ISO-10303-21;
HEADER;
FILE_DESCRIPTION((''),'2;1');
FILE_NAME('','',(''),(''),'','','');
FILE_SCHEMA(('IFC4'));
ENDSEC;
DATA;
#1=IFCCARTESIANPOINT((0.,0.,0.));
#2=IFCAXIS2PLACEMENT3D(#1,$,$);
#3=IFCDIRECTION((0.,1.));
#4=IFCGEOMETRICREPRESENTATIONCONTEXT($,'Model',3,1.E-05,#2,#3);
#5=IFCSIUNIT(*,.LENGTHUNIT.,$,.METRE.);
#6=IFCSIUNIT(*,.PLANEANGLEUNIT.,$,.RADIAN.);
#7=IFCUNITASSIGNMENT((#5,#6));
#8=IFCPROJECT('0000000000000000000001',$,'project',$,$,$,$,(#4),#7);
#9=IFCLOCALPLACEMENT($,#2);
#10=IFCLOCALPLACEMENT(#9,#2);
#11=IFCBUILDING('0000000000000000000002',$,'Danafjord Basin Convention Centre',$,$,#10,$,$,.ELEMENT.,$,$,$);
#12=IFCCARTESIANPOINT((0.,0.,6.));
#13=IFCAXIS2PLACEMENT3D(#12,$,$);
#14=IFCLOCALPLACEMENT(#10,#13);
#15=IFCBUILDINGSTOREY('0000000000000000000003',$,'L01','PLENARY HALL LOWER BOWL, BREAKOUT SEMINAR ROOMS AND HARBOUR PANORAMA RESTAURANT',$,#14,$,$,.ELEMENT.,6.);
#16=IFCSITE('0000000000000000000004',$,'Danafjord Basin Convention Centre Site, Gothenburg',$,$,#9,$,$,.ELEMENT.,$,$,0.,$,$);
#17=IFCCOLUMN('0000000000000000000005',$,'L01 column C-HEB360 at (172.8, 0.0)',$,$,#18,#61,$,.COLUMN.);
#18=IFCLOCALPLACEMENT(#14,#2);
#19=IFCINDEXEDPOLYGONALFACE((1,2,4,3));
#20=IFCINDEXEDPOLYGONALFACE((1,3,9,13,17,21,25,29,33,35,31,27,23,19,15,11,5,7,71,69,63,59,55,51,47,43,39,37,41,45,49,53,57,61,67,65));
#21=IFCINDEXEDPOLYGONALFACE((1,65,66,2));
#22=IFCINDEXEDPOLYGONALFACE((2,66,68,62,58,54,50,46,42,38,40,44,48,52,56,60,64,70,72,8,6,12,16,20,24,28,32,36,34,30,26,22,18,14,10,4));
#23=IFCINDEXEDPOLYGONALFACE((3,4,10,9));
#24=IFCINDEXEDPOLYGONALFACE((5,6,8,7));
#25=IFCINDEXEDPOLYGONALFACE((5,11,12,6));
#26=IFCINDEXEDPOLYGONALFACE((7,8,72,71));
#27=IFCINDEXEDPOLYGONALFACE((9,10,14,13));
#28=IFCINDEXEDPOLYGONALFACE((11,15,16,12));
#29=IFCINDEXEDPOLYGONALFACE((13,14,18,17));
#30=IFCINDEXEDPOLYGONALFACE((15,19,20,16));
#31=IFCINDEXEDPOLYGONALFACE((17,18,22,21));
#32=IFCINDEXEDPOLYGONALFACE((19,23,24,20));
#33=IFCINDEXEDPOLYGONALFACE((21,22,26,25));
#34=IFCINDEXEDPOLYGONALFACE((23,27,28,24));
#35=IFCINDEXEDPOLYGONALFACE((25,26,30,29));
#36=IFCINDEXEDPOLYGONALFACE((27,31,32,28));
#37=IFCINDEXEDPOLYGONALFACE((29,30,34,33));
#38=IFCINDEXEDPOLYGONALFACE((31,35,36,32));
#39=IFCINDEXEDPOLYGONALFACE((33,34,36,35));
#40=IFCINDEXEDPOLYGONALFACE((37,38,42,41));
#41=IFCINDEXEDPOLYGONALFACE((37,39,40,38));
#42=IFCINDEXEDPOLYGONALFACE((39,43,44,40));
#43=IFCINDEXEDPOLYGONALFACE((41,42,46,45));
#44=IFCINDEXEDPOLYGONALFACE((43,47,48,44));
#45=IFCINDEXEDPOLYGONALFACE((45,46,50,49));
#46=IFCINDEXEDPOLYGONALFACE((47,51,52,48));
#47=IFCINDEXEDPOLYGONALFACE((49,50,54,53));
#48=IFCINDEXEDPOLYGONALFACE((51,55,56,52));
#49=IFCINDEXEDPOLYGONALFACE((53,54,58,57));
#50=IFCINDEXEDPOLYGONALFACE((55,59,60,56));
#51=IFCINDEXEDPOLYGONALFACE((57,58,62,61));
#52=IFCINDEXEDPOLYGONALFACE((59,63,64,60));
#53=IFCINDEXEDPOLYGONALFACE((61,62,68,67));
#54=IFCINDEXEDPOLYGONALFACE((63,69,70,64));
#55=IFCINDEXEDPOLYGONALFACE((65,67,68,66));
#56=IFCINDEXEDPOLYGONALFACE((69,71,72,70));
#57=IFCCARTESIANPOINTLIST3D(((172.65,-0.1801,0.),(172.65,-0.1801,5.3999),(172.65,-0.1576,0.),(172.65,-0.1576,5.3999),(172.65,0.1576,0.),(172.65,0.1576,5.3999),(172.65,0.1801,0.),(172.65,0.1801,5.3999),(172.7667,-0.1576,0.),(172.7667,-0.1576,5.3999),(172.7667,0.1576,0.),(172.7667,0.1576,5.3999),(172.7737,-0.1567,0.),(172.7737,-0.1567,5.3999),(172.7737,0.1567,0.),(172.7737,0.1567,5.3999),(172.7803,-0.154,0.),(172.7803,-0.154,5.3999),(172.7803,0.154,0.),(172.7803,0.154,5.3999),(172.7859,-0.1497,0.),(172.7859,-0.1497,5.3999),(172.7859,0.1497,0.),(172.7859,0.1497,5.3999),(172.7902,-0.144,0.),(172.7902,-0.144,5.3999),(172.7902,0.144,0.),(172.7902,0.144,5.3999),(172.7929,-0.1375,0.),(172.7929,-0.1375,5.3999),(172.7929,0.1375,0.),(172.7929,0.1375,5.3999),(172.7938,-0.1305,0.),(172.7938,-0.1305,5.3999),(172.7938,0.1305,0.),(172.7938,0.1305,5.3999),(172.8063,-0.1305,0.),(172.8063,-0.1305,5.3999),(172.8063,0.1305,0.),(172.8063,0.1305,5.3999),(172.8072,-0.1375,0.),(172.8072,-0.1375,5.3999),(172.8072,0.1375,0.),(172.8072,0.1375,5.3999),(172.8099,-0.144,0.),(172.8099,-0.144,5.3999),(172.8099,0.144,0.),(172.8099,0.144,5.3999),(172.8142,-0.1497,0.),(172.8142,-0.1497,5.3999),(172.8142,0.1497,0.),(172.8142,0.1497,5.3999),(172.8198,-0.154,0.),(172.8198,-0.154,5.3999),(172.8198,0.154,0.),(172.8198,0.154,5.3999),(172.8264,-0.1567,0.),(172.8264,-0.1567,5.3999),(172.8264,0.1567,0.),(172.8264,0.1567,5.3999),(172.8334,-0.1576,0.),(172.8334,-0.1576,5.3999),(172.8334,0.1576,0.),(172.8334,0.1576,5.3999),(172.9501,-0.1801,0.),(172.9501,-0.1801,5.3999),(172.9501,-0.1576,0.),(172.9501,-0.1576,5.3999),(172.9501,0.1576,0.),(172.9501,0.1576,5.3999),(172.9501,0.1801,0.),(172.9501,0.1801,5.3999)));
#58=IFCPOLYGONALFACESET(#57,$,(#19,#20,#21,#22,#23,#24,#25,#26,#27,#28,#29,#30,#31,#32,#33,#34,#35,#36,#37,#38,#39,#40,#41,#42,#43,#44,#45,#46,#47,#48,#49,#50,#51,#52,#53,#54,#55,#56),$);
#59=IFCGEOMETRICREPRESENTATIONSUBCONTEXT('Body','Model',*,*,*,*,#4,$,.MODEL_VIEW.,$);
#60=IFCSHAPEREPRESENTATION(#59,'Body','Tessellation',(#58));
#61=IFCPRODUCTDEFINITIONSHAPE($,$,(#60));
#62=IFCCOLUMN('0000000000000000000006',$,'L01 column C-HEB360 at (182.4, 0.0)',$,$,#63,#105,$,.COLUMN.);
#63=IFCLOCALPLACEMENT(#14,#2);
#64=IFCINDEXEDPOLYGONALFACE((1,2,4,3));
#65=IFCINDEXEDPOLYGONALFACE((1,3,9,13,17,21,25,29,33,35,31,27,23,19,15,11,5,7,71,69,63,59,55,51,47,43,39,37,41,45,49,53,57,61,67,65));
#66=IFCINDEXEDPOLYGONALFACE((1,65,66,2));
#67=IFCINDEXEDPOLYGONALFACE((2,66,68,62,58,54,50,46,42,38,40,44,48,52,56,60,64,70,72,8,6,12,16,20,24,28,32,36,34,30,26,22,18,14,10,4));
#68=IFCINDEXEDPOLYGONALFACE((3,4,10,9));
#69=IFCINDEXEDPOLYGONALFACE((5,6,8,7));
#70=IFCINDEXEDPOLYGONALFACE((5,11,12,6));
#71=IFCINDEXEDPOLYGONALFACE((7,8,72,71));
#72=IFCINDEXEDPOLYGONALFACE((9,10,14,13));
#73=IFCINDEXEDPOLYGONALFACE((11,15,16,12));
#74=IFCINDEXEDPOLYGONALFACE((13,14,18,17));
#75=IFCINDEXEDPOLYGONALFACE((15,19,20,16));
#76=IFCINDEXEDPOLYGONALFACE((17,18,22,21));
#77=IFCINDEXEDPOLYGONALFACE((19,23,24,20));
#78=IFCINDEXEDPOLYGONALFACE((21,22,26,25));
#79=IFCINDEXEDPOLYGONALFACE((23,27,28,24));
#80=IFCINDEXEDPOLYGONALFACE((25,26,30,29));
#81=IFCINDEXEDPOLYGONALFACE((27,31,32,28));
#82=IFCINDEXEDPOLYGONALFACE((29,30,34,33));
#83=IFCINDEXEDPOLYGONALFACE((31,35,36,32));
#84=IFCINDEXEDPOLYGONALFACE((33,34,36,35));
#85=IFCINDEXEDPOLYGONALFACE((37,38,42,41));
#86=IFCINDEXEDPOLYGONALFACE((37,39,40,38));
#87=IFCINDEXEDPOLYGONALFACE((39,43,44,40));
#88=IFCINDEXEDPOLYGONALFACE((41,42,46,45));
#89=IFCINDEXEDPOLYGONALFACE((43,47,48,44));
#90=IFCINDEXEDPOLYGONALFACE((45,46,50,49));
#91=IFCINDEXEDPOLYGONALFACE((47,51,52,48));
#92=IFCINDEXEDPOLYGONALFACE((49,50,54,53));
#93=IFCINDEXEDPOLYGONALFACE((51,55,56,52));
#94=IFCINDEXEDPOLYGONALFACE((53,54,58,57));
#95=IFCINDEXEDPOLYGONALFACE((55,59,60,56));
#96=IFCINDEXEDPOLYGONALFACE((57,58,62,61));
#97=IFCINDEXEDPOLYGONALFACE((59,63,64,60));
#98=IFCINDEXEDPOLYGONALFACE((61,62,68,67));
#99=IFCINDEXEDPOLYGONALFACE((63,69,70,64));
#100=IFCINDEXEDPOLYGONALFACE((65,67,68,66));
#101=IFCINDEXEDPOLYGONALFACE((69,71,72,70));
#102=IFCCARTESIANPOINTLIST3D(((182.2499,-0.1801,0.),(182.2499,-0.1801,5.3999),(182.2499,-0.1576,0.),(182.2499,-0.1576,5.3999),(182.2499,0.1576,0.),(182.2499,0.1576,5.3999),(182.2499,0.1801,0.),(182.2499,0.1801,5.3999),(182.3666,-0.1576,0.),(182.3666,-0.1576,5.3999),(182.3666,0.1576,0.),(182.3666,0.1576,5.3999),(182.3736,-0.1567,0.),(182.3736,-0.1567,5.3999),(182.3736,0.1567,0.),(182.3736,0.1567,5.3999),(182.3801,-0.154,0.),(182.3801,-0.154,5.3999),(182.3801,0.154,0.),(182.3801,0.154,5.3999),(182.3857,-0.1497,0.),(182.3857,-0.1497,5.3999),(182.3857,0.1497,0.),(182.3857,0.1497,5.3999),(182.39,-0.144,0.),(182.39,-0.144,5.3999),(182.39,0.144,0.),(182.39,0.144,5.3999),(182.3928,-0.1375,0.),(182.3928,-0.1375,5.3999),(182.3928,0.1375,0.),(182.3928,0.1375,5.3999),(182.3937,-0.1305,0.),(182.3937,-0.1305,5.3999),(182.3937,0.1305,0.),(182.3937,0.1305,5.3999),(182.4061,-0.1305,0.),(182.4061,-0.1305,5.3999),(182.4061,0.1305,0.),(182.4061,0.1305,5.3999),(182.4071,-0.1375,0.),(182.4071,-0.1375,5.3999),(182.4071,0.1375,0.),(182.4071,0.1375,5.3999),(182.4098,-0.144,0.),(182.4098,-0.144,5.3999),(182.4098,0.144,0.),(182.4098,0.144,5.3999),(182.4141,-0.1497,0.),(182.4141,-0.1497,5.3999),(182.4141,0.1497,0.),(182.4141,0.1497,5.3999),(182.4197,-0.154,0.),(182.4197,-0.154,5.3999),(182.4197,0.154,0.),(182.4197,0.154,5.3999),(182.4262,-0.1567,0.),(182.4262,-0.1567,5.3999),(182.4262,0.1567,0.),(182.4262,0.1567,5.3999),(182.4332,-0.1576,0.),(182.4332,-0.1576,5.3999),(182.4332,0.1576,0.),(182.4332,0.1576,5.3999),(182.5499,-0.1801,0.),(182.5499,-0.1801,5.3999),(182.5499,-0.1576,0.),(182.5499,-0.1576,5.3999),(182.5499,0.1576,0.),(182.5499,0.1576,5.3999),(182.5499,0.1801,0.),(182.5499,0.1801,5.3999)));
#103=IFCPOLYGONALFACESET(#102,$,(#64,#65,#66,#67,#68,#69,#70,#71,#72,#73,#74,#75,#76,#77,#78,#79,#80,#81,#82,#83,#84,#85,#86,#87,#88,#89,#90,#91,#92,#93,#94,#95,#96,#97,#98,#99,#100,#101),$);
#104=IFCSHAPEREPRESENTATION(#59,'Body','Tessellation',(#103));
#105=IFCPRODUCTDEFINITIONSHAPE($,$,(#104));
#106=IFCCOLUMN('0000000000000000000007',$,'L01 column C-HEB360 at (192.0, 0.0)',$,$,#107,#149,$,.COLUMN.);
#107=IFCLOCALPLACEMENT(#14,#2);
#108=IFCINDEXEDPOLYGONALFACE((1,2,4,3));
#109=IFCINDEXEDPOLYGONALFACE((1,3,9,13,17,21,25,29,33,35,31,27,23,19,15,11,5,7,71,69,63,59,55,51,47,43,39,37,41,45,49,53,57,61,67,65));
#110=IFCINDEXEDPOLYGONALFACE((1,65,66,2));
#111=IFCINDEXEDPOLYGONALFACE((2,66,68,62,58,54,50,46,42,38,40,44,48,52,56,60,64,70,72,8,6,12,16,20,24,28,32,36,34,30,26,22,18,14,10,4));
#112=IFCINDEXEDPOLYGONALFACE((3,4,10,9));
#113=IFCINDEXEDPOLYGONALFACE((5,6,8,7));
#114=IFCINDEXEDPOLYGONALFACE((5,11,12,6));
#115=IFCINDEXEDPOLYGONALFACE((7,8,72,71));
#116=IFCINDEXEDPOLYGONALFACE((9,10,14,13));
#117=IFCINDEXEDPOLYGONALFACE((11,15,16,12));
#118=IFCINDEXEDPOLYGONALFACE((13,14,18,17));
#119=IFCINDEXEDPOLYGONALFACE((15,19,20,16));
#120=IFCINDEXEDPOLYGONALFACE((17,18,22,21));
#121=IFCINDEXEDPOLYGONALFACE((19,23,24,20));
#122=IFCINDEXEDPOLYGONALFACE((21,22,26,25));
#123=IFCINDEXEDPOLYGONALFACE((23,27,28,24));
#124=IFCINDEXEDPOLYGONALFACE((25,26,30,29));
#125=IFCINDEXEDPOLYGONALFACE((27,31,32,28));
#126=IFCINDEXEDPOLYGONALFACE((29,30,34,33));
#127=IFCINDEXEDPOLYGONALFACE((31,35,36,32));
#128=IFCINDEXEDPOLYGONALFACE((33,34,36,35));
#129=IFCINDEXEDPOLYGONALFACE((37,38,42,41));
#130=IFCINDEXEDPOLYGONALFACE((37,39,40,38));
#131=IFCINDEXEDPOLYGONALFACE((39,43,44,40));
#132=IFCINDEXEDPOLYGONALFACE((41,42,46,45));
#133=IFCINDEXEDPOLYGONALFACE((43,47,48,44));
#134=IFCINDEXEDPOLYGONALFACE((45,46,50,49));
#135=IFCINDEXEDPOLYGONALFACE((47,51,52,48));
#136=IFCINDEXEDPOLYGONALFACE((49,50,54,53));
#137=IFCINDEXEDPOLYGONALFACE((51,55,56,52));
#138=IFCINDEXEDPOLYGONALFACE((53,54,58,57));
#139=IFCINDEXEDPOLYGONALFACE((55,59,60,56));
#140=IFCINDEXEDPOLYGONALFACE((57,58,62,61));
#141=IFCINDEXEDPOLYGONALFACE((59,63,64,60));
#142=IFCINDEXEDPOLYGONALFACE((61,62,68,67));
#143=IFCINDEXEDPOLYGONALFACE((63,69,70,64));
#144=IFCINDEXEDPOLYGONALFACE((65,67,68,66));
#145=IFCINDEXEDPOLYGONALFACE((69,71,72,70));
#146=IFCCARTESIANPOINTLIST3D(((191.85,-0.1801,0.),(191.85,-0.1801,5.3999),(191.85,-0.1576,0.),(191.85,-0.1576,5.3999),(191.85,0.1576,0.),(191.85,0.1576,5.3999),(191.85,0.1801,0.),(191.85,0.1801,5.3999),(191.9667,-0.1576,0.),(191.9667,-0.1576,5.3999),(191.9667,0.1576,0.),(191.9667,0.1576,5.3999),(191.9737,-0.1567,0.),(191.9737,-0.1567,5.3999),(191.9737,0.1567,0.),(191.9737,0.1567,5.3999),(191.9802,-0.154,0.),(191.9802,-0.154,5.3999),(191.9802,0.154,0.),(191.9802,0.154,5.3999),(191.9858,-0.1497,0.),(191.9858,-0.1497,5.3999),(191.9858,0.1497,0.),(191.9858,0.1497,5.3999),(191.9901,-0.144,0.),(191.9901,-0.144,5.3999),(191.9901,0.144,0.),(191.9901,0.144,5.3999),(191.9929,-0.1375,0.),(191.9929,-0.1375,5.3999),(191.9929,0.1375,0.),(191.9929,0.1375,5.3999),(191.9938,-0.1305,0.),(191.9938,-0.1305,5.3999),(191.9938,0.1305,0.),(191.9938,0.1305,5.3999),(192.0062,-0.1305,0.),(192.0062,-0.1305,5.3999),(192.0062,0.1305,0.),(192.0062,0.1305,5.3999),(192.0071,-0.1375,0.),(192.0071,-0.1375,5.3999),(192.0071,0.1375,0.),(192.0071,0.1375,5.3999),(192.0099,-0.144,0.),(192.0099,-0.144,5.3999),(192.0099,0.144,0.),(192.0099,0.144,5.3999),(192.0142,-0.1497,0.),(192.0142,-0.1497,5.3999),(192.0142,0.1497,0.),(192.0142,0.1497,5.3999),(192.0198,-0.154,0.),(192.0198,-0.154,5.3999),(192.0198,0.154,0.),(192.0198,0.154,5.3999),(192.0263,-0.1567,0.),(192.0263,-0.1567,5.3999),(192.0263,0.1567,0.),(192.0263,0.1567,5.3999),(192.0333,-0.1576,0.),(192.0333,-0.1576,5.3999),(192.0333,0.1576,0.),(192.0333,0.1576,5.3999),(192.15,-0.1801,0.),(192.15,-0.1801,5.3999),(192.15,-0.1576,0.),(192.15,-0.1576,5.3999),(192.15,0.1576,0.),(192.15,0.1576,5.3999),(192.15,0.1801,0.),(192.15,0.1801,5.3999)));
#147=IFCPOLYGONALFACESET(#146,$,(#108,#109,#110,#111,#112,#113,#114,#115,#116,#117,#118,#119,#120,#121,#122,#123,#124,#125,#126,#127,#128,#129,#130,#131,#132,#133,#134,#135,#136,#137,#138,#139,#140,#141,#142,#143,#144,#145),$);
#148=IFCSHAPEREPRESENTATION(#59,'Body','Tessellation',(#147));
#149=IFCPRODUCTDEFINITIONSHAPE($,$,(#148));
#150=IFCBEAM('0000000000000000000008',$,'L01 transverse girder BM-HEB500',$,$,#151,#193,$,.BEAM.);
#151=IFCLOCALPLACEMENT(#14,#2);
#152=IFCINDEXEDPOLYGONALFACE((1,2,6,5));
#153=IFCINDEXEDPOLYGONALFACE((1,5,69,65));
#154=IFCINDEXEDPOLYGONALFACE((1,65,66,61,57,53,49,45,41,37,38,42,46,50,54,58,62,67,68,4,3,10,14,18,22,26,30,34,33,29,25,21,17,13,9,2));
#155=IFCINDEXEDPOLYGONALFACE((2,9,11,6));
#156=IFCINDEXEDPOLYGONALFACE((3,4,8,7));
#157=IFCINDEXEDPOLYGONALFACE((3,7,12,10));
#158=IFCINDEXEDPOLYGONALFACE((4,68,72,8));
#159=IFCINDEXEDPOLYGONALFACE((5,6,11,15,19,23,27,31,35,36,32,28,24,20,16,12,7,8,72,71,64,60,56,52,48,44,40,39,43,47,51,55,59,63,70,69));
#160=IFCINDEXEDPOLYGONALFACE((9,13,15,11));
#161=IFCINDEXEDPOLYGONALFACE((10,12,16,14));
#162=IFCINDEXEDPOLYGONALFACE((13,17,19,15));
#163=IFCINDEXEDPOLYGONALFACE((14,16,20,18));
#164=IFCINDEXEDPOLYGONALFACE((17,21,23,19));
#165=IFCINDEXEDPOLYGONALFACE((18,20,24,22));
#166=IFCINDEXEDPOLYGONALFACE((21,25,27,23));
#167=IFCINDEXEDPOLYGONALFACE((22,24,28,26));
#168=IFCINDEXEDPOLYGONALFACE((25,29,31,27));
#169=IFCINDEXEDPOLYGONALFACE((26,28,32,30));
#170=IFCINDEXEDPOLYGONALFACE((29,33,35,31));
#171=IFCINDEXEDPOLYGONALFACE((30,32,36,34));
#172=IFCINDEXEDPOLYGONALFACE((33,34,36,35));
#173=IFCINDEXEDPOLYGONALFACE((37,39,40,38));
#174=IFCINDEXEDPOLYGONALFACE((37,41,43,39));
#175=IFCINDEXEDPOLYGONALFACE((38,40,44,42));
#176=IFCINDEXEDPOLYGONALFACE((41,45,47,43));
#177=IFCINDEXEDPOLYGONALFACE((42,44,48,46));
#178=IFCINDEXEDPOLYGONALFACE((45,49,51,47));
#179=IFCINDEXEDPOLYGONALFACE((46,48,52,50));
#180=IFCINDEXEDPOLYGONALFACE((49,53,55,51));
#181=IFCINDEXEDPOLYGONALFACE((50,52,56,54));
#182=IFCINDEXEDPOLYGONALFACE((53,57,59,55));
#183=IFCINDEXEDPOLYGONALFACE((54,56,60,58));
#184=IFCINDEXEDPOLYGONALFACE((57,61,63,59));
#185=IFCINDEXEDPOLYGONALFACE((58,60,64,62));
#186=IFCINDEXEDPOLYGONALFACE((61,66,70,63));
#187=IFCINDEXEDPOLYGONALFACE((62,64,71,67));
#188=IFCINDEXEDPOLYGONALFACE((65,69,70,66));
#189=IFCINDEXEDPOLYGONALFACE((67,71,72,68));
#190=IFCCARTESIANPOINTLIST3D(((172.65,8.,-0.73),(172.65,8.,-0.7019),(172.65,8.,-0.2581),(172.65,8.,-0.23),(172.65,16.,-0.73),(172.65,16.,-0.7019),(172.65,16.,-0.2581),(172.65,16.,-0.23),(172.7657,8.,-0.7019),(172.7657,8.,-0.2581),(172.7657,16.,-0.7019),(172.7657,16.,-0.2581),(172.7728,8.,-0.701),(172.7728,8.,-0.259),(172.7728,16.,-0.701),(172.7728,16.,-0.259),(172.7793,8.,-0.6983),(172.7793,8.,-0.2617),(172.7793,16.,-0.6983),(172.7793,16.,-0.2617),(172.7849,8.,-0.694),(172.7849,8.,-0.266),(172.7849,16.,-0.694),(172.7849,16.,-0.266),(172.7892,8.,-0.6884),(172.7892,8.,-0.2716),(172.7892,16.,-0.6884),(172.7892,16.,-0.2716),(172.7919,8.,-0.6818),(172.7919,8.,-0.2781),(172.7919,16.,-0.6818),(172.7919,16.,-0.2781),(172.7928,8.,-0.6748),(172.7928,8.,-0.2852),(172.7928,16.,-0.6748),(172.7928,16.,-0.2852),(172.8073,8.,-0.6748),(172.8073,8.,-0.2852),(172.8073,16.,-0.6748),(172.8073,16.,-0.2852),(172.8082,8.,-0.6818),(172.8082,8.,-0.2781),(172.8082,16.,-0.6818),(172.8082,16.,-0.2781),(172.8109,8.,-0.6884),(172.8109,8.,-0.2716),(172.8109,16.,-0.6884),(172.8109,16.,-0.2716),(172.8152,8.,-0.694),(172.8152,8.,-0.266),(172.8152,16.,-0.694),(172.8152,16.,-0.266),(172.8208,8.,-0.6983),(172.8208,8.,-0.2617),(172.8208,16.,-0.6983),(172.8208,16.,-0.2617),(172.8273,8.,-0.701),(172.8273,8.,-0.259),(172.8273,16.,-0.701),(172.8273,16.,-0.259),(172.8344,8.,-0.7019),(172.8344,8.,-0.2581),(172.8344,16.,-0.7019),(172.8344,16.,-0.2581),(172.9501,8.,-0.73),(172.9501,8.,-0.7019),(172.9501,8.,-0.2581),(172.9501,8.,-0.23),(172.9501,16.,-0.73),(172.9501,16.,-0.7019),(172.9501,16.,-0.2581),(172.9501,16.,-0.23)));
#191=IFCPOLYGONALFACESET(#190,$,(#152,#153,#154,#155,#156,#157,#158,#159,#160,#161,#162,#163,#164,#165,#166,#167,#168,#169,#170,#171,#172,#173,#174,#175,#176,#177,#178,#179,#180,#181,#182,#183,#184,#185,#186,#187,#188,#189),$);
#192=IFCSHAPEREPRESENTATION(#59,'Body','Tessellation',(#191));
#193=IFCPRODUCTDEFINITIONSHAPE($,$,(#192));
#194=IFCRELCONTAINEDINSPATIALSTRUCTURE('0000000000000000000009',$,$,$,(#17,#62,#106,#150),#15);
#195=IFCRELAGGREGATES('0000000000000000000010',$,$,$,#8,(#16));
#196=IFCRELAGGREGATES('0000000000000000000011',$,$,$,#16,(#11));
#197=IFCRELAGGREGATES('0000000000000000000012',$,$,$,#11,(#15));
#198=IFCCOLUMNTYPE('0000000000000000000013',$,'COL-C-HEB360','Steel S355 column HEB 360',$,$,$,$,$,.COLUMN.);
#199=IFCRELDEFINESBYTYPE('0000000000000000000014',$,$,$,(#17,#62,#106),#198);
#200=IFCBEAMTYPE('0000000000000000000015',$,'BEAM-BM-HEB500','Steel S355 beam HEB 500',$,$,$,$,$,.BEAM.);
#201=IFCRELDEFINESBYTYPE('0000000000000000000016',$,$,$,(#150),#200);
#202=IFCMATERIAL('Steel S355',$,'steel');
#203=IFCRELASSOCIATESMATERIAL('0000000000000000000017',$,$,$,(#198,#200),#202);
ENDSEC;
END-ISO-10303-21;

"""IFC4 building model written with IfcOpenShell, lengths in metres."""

from ifc_helpers import new_model, si_unit, direction, frame, origin, origin_2d, place, context, subcontext, project, spatial, i_section, extrude, material, material_profile, profile_set, type_object, element, save


model = new_model("IFC4")

# Units and contexts
model_context = context("Model", 3, precision=1e-05, world=origin(), true_north=direction((0.0, 1.0)))
body_context = subcontext(model_context, "Body", "Model", "MODEL_VIEW")
ifc_project = project(units=[si_unit("LENGTHUNIT", "METRE"), si_unit("PLANEANGLEUNIT", "RADIAN")], contexts=[model_context])

# Site, building, storey
site_placement = place(None, origin())
site = spatial("IfcSite", under=ifc_project, at=site_placement, Name="Danafjord Basin Convention Centre Site, Gothenburg", CompositionType="ELEMENT", RefElevation=0.0)
building_placement = place(site_placement, origin())
building = spatial("IfcBuilding", under=site, at=building_placement, Name="Danafjord Basin Convention Centre", CompositionType="ELEMENT")
storey_placement = place(building_placement, frame((0.0, 0.0, 6.0)))
storey = spatial("IfcBuildingStorey", under=building, at=storey_placement, Name="L01", Description="PLENARY HALL LOWER BOWL, BREAKOUT SEMINAR ROOMS AND HARBOUR PANORAMA RESTAURANT", CompositionType="ELEMENT", Elevation=6.0)

# Columns
ifc_material_1 = material(Name="Steel S355", Category="steel")
ifc_material_profile_1 = material_profile(ifc_material_1, i_section(OverallWidth=0.3, OverallDepth=0.3601, WebThickness=0.0125, FlangeThickness=0.0225, FilletRadius=0.0271, at=origin_2d()), Name="HEB 360")
ifc_profile_set_1 = profile_set([ifc_material_profile_1], Name="Steel S355")
column_type_1 = type_object("IfcColumnType", Name="COL-C-HEB360", Description="Steel S355 column HEB 360", PredefinedType="COLUMN", material=ifc_profile_set_1)
for number, where, z_axis, x_axis, name in (
    (1, (172.8, 0.0, 0.0), (0.0, 0.0, 1.0), (1.0, 0.0, 0.0), "L01 column C-HEB360 at (172.8, 0.0)"),
    (2, (182.3999, 0.0, 0.0), (0.0, 0.0, 1.0), (1.0, 0.0, 0.0), "L01 column C-HEB360 at (182.4, 0.0)"),
    (3, (192.0, 0.0, 0.0), (0.0, 0.0, 1.0), (1.0, 0.0, 0.0), "L01 column C-HEB360 at (192.0, 0.0)"),
):
    element("IfcColumn", number, at=place(storey_placement, frame(where, z_axis=z_axis, x_axis=x_axis)), inside=storey, type_object=column_type_1, Name=name, PredefinedType="COLUMN", context=body_context, shape_type="SweptSolid", body=[
        extrude(i_section(OverallWidth=0.3, OverallDepth=0.3601, WebThickness=0.0125, FlangeThickness=0.0225, FilletRadius=0.0271, at=origin_2d()), origin(), (0.0, 0.0, 1.0), 5.3999),
    ])

# Beam
ifc_material_profile_2 = material_profile(ifc_material_1, i_section(OverallWidth=0.3, OverallDepth=0.5, WebThickness=0.0144, FlangeThickness=0.0281, FilletRadius=0.0271, at=origin_2d()), Name="HEB 500")
ifc_profile_set_2 = profile_set([ifc_material_profile_2], Name="Steel S355")
beam_type_1 = type_object("IfcBeamType", Name="BEAM-BM-HEB500", Description="Steel S355 beam HEB 500", PredefinedType="BEAM", material=ifc_profile_set_2)
for number, where, z_axis, x_axis, name in (
    (4, (172.8, 8.0, -0.48), (0.0, 1.0, 0.0), (-1.0, 0.0, 0.0), "L01 transverse girder BM-HEB500"),
):
    element("IfcBeam", number, at=place(storey_placement, frame(where, z_axis=z_axis, x_axis=x_axis)), inside=storey, type_object=beam_type_1, Name=name, PredefinedType="BEAM", context=body_context, shape_type="SweptSolid", body=[
        extrude(i_section(OverallWidth=0.3, OverallDepth=0.5, WebThickness=0.0144, FlangeThickness=0.0281, FilletRadius=0.0271, at=origin_2d()), origin(), (0.0, 0.0, 1.0), 8.0),
    ])

save(model, "model.ifc")
